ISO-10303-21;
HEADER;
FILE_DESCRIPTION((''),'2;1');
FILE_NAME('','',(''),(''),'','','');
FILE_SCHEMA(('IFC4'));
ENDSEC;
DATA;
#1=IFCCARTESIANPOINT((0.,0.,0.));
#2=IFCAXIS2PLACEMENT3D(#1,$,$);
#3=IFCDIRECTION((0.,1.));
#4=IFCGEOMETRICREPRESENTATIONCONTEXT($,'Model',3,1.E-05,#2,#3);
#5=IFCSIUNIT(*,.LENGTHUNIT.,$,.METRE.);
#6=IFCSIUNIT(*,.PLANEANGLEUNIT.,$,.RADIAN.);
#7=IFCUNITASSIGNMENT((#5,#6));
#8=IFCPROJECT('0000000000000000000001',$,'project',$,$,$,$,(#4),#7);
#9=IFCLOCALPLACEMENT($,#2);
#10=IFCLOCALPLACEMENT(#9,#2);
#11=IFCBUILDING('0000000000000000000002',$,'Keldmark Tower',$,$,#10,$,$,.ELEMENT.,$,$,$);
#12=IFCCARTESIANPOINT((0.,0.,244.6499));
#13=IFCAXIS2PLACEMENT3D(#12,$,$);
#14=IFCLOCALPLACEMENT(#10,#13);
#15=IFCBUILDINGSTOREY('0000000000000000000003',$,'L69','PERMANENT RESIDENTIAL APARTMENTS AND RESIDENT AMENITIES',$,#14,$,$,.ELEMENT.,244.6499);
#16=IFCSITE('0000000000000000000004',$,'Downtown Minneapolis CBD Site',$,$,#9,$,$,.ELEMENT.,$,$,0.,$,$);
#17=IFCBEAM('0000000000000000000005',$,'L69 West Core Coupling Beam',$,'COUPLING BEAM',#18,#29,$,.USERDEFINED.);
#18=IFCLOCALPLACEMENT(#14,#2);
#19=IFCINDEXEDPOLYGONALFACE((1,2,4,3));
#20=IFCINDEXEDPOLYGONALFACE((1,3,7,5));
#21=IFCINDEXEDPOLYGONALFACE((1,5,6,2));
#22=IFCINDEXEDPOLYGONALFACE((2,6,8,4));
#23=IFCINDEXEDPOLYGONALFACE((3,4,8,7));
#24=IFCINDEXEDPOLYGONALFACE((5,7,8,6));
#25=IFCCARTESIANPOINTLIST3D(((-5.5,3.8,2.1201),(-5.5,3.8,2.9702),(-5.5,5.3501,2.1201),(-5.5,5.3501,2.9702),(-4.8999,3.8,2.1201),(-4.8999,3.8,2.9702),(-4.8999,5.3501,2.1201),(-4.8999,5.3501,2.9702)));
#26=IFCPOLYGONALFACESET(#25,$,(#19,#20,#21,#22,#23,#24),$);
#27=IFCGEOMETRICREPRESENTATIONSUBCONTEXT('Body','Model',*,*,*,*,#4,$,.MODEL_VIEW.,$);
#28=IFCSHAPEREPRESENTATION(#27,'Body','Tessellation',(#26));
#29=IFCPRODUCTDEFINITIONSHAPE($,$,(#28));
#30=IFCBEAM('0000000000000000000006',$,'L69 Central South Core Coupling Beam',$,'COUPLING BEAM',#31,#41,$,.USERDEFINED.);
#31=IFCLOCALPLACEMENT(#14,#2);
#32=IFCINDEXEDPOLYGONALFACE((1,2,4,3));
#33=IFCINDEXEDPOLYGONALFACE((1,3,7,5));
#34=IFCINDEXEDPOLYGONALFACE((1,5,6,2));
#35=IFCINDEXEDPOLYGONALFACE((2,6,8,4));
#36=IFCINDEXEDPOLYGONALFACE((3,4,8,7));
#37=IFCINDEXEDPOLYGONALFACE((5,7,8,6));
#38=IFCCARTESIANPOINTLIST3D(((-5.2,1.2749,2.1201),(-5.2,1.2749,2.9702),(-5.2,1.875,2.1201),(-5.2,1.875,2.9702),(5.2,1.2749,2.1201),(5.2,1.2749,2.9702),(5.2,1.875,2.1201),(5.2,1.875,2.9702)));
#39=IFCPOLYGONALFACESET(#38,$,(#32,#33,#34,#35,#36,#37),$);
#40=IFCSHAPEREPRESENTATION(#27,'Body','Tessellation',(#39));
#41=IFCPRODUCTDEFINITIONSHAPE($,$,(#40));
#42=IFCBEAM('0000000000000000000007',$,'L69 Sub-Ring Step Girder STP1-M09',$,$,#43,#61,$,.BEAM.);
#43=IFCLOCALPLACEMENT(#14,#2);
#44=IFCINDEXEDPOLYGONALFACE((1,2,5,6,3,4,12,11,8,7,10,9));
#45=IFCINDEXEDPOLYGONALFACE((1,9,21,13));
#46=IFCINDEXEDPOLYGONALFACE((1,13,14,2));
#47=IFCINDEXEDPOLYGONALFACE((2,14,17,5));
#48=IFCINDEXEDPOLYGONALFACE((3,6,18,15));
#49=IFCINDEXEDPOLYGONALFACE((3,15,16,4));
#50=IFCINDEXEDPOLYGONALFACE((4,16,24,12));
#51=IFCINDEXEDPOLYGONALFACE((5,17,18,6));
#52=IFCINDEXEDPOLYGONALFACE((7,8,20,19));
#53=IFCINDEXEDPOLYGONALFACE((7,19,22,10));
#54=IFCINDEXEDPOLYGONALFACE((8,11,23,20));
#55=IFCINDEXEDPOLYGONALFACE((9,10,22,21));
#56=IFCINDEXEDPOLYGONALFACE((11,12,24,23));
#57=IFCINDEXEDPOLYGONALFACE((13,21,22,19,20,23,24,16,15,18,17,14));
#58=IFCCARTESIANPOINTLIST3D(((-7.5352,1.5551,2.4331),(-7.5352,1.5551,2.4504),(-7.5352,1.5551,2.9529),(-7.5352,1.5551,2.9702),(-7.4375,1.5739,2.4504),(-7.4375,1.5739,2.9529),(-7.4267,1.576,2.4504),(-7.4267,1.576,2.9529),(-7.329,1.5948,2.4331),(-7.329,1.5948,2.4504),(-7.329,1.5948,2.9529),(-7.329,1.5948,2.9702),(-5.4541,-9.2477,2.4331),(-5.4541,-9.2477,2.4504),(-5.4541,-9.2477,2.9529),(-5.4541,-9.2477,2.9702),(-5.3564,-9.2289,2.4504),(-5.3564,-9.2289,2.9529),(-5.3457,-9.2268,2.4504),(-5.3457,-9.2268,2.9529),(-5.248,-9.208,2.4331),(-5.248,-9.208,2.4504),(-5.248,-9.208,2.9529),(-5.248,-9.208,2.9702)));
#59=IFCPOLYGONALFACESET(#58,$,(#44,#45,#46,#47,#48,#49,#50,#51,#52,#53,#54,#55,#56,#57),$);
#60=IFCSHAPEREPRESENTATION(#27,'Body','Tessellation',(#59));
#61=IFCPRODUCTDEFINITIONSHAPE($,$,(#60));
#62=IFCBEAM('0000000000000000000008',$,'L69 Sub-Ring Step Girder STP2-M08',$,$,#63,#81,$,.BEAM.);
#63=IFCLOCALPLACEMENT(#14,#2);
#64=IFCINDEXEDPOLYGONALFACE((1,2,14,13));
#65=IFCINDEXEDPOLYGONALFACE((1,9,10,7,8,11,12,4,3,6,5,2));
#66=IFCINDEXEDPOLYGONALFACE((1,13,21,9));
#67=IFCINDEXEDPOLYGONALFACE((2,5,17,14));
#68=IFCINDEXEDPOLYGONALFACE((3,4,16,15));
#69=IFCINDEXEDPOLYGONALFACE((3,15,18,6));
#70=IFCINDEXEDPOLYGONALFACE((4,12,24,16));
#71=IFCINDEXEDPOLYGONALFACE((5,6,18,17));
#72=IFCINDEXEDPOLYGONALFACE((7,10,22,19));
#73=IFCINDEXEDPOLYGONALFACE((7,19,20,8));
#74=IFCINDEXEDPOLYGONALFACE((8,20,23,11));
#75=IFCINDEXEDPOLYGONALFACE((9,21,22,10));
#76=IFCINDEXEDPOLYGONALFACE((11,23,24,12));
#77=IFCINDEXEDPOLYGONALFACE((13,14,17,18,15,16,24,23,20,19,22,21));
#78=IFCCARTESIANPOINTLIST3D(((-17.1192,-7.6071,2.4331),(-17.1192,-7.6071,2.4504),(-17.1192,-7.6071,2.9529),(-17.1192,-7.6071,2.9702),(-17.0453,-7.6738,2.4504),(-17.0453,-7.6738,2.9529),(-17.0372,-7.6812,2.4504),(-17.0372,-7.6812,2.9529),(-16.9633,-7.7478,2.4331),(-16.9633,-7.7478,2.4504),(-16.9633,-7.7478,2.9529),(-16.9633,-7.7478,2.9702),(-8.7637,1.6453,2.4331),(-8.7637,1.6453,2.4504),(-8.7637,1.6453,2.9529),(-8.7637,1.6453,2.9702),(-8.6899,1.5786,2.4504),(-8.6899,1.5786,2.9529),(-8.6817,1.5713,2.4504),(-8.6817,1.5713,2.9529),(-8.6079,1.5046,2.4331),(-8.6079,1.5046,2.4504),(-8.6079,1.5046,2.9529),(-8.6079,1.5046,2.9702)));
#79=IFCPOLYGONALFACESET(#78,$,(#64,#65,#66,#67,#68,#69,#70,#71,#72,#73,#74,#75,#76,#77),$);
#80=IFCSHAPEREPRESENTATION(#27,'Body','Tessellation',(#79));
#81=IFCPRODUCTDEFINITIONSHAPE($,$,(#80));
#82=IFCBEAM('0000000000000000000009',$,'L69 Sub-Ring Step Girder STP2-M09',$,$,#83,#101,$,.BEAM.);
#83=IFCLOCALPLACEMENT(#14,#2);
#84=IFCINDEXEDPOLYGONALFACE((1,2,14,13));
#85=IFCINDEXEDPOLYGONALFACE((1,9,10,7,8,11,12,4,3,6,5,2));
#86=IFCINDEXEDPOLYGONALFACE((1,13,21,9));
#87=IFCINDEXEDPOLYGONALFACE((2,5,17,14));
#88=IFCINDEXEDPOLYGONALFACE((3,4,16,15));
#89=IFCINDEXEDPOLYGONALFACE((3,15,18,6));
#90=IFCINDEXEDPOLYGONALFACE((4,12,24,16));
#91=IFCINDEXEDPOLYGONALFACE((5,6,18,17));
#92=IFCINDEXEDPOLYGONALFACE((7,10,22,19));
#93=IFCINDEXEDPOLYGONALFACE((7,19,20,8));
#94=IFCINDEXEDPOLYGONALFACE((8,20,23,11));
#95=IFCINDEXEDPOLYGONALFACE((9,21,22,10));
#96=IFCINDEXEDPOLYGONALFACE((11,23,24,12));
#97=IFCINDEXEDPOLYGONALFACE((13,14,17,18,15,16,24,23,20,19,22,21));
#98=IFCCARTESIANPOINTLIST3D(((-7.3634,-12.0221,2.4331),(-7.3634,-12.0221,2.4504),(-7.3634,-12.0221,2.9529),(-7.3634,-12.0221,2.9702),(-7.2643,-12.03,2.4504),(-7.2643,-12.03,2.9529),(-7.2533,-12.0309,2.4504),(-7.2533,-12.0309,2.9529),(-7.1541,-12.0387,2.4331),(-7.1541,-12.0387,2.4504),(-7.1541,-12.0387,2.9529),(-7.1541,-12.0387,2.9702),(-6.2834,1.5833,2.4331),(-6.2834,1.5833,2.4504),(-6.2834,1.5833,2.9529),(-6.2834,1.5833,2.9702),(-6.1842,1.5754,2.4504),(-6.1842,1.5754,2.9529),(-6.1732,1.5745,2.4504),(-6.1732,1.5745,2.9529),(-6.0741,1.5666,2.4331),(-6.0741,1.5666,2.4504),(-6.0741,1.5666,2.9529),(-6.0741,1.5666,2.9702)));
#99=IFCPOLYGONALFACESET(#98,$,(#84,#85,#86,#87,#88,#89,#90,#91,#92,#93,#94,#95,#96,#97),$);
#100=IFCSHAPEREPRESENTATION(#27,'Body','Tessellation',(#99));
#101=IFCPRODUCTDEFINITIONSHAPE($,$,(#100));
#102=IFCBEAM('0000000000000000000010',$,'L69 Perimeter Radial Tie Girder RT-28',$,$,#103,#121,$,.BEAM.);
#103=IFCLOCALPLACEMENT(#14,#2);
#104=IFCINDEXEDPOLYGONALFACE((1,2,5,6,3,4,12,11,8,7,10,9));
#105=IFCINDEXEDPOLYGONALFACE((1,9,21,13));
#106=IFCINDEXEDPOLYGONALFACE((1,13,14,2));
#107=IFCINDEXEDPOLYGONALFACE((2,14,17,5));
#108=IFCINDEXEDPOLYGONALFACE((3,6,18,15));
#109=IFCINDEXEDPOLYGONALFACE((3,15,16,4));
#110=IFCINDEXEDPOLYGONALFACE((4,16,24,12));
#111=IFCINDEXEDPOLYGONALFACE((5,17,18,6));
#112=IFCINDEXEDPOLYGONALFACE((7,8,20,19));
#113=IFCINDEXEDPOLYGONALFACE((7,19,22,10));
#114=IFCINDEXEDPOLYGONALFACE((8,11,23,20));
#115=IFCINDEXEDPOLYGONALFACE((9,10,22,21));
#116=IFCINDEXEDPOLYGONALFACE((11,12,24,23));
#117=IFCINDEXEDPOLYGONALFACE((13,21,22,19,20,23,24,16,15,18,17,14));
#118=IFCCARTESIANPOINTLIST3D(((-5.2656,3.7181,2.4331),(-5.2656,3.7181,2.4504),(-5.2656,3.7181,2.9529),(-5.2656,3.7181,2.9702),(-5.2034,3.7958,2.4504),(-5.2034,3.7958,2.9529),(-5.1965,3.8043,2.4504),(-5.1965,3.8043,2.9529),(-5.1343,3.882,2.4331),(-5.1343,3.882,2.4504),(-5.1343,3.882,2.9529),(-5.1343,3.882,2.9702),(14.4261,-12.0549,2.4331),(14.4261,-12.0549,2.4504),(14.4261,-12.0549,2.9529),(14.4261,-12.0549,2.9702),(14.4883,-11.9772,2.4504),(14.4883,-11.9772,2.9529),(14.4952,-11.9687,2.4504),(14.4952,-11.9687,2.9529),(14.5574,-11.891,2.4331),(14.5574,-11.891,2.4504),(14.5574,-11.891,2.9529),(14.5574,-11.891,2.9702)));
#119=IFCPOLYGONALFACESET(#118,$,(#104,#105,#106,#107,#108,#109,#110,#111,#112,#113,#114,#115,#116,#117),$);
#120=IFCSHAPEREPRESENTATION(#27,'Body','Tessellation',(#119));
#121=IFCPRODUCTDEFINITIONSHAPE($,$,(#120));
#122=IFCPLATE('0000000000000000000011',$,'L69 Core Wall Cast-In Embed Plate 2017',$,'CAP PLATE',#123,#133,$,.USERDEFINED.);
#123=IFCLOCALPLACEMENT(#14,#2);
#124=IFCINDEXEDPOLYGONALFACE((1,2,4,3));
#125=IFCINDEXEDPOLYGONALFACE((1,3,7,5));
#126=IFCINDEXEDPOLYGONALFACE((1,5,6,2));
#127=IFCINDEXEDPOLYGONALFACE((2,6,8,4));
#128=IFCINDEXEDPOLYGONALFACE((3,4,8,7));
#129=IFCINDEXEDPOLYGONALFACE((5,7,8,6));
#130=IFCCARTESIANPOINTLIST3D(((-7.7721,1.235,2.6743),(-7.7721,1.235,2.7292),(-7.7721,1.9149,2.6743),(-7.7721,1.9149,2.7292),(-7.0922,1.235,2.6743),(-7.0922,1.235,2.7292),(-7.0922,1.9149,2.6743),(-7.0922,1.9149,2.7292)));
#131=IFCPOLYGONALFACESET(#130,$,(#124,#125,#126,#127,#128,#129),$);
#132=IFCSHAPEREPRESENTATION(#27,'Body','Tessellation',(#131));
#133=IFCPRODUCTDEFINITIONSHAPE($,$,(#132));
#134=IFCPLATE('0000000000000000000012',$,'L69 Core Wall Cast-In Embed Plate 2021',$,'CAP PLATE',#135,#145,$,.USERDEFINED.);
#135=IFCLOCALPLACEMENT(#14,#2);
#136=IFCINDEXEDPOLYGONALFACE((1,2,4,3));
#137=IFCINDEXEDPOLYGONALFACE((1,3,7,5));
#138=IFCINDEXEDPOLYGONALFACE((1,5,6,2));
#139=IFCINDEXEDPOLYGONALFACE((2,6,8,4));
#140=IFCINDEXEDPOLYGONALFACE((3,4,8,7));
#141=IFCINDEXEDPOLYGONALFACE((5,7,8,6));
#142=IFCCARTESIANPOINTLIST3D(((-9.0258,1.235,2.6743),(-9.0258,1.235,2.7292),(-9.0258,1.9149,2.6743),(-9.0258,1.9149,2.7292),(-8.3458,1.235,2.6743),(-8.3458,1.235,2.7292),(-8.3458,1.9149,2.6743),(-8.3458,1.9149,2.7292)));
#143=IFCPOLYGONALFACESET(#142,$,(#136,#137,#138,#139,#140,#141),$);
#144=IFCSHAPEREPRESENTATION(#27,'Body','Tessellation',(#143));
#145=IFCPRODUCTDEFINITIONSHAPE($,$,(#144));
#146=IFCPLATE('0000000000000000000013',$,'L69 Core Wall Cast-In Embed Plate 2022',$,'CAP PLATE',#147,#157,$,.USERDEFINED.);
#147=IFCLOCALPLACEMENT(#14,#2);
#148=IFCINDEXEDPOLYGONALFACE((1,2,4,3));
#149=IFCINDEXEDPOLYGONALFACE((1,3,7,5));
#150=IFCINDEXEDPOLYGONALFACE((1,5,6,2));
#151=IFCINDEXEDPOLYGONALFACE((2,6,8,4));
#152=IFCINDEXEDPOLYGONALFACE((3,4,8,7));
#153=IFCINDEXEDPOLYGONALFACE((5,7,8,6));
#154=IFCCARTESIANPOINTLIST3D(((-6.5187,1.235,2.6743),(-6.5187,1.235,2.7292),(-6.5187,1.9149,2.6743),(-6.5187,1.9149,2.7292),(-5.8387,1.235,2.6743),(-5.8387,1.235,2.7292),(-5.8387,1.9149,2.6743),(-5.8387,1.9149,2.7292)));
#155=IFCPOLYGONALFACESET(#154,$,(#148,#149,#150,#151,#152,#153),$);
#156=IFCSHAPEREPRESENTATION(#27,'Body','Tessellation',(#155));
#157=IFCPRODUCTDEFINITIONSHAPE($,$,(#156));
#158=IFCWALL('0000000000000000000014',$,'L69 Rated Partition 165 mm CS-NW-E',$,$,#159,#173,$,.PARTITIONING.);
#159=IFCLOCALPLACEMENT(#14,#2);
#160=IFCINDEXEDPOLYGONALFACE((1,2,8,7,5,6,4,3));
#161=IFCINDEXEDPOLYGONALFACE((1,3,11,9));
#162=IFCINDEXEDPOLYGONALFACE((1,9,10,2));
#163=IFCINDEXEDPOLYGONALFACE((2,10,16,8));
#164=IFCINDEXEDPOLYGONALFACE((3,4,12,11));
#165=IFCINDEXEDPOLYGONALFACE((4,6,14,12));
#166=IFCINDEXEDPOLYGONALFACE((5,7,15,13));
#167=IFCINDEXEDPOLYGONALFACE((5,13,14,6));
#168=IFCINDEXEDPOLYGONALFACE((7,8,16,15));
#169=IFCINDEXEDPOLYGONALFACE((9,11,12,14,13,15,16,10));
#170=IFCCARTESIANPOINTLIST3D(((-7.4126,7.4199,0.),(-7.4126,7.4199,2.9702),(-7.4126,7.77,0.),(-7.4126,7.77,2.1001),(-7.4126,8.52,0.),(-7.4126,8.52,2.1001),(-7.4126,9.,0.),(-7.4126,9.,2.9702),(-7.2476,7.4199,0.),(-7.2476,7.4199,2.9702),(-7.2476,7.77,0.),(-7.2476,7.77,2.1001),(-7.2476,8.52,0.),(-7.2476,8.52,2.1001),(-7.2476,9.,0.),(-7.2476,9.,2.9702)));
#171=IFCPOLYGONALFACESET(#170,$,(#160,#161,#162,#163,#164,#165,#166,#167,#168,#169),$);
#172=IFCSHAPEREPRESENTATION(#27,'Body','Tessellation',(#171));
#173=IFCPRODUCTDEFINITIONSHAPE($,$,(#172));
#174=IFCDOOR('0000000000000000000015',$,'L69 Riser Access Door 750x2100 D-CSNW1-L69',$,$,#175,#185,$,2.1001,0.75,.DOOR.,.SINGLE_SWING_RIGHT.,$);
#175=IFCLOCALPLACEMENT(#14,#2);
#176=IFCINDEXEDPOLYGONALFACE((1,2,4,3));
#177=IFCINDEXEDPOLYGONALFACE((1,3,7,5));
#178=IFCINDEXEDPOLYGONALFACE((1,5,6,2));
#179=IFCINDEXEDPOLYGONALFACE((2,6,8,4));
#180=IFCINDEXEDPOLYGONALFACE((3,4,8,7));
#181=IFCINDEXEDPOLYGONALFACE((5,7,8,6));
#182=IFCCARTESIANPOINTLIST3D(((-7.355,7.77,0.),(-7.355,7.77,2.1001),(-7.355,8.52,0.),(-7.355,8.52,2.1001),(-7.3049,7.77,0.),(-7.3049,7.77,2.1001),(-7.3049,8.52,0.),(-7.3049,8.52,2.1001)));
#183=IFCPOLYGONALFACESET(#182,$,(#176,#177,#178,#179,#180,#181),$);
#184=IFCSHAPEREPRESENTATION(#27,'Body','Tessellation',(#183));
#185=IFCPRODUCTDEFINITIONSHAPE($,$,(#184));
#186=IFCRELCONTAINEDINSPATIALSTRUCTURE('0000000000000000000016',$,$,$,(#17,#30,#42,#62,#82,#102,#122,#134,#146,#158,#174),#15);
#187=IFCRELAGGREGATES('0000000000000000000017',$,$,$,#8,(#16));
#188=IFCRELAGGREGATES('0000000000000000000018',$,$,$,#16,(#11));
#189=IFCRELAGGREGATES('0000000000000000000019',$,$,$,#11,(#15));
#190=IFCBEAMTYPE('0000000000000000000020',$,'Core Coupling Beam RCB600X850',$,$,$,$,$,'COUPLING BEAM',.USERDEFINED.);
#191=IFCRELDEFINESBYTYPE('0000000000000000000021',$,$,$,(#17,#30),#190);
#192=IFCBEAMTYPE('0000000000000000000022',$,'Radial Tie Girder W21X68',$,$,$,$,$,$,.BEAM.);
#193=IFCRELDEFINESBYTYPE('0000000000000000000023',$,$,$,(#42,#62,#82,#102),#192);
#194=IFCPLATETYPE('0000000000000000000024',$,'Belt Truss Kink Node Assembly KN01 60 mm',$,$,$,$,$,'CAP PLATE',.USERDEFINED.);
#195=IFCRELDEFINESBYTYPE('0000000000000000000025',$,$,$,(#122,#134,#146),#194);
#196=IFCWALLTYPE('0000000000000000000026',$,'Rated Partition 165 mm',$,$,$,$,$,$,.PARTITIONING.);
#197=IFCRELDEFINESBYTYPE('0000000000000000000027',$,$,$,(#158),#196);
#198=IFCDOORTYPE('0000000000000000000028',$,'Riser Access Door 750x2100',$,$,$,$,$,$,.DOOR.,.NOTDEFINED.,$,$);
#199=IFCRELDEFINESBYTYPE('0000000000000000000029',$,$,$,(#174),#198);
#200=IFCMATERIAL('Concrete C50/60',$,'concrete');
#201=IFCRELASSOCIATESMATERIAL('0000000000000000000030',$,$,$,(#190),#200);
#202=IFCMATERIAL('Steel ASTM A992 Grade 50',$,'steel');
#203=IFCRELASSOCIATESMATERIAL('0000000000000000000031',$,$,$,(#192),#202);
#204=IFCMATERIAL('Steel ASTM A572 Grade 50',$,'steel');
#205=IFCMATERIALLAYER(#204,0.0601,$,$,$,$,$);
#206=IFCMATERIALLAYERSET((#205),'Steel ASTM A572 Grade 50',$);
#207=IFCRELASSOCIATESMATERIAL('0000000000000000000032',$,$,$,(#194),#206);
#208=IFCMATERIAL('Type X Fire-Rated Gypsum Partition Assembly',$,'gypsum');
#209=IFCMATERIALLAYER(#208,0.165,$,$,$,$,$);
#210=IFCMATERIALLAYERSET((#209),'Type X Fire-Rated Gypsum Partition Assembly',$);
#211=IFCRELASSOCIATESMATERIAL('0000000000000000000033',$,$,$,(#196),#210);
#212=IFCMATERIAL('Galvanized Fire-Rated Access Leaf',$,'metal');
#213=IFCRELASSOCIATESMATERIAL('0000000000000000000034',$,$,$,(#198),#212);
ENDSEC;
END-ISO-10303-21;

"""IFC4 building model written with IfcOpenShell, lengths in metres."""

from ifc_helpers import new_model, si_unit, direction, frame, frame_2d, origin, origin_2d, place, context, subcontext, project, spatial, rectangle, i_section, extrude, material, layer, layer_set, material_profile, profile_set, type_object, element, fill, save


model = new_model("IFC4")

# Units and contexts
model_context = context("Model", 3, precision=1e-05, world=origin(), true_north=direction((0.0, 1.0)))
body_context = subcontext(model_context, "Body", "Model", "MODEL_VIEW")
ifc_project = project(units=[si_unit("LENGTHUNIT", "METRE"), si_unit("PLANEANGLEUNIT", "RADIAN")], contexts=[model_context])

# Site, building, storey
site_placement = place(None, origin())
site = spatial("IfcSite", under=ifc_project, at=site_placement, Name="Downtown Minneapolis CBD Site", CompositionType="ELEMENT", RefElevation=0.0)
building_placement = place(site_placement, origin())
building = spatial("IfcBuilding", under=site, at=building_placement, Name="Keldmark Tower", CompositionType="ELEMENT")
storey_placement = place(building_placement, frame((0.0, 0.0, 244.6499)))
storey = spatial("IfcBuildingStorey", under=building, at=storey_placement, Name="L69", Description="PERMANENT RESIDENTIAL APARTMENTS AND RESIDENT AMENITIES", CompositionType="ELEMENT", Elevation=244.6499)

# Beams
ifc_material_1 = material(Name="Concrete C50/60", Category="concrete")
ifc_material_profile_1 = material_profile(ifc_material_1, rectangle(XDim=0.6001, YDim=0.8501, at=origin_2d()), Name="RCB600X850")
ifc_profile_set_1 = profile_set([ifc_material_profile_1], Name="Concrete C50/60")
beam_type_1 = type_object("IfcBeamType", Name="Core Coupling Beam RCB600X850", ElementType="COUPLING BEAM", PredefinedType="USERDEFINED", material=ifc_profile_set_1)
beam_1_placement = place(storey_placement, frame((-5.2, 3.8, 2.5452), z_axis=(0.0, 1.0, 0.0), x_axis=(-1.0, 0.0, 0.0)))
element("IfcBeam", 1, at=beam_1_placement, inside=storey, type_object=beam_type_1, Name="L69 West Core Coupling Beam", ObjectType="COUPLING BEAM", PredefinedType="USERDEFINED", context=body_context, shape_type="SweptSolid", body=[
    extrude(rectangle(XDim=0.6001, YDim=0.8501, at=origin_2d()), origin(), (0.0, 0.0, 1.0), 1.55),
])
beam_2_placement = place(storey_placement, frame((-5.2, 1.575, 2.5452), z_axis=(1.0, 0.0, 0.0), x_axis=(0.0, 1.0, 0.0)))
element("IfcBeam", 2, at=beam_2_placement, inside=storey, type_object=beam_type_1, Name="L69 Central South Core Coupling Beam", ObjectType="COUPLING BEAM", PredefinedType="USERDEFINED", context=body_context, shape_type="SweptSolid", body=[
    extrude(rectangle(XDim=0.6001, YDim=0.8501, at=origin_2d()), origin(), (0.0, 0.0, 1.0), 10.3999),
])
ifc_material_2 = material(Name="Steel ASTM A992 Grade 50", Category="steel")
ifc_material_profile_2 = material_profile(ifc_material_2, i_section(OverallWidth=0.21, OverallDepth=0.5371, WebThickness=0.011, FlangeThickness=0.0173, at=origin_2d()), Name="W21X68")
ifc_profile_set_2 = profile_set([ifc_material_profile_2], Name="Steel ASTM A992 Grade 50")
beam_type_2 = type_object("IfcBeamType", Name="Radial Tie Girder W21X68", PredefinedType="BEAM", material=ifc_profile_set_2)
beam_3_placement = place(storey_placement, frame((-7.4321, 1.575, 2.7017), z_axis=(0.189163, -0.981946, 0.0), x_axis=(0.981946, 0.189163, 0.0)))
element("IfcBeam", 3, at=beam_3_placement, inside=storey, type_object=beam_type_2, Name="L69 Sub-Ring Step Girder STP1-M09", PredefinedType="BEAM", context=body_context, shape_type="SweptSolid", body=[
    extrude(i_section(OverallWidth=0.21, OverallDepth=0.5371, WebThickness=0.011, FlangeThickness=0.0173, at=origin_2d()), origin(), (0.0, 0.0, 1.0), 11.0015),
])
beam_4_placement = place(storey_placement, frame((-8.6858, 1.575, 2.7017), z_axis=(-0.670217, -0.742165, 0.0), x_axis=(0.742165, -0.670217, 0.0)))
element("IfcBeam", 4, at=beam_4_placement, inside=storey, type_object=beam_type_2, Name="L69 Sub-Ring Step Girder STP2-M08", PredefinedType="BEAM", context=body_context, shape_type="SweptSolid", body=[
    extrude(i_section(OverallWidth=0.21, OverallDepth=0.5371, WebThickness=0.011, FlangeThickness=0.0173, at=origin_2d()), origin(), (0.0, 0.0, 1.0), 12.4668),
])
beam_5_placement = place(storey_placement, frame((-6.1787, 1.575, 2.7017), z_axis=(-0.079137, -0.996864, 0.0), x_axis=(0.996864, -0.079137, 0.0)))
element("IfcBeam", 5, at=beam_5_placement, inside=storey, type_object=beam_type_2, Name="L69 Sub-Ring Step Girder STP2-M09", PredefinedType="BEAM", context=body_context, shape_type="SweptSolid", body=[
    extrude(i_section(OverallWidth=0.21, OverallDepth=0.5371, WebThickness=0.011, FlangeThickness=0.0173, at=origin_2d()), origin(), (0.0, 0.0, 1.0), 13.6482),
])
beam_6_placement = place(storey_placement, frame((-5.2, 3.8, 2.7017), z_axis=(0.780489, -0.625169, 0.0), x_axis=(0.625169, 0.780489, 0.0)))
element("IfcBeam", 6, at=beam_6_placement, inside=storey, type_object=beam_type_2, Name="L69 Perimeter Radial Tie Girder RT-28", PredefinedType="BEAM", context=body_context, shape_type="SweptSolid", body=[
    extrude(i_section(OverallWidth=0.21, OverallDepth=0.5371, WebThickness=0.011, FlangeThickness=0.0173, at=origin_2d()), origin(), (0.0, 0.0, 1.0), 25.23),
])

# Plates
ifc_material_3 = material(Name="Steel ASTM A572 Grade 50", Category="steel")
ifc_layer_1 = layer(ifc_material_3, 0.0601)
ifc_layer_set_1 = layer_set([ifc_layer_1], Name="Steel ASTM A572 Grade 50")
plate_type = type_object("IfcPlateType", Name="Belt Truss Kink Node Assembly KN01 60 mm", ElementType="CAP PLATE", PredefinedType="USERDEFINED", material=ifc_layer_set_1)
for number, where, z_axis, x_axis, name in (
    (7, (-7.4321, 1.575, 2.6743), (0.0, 0.0, 1.0), (1.0, 0.0, 0.0), "L69 Core Wall Cast-In Embed Plate 2017"),
    (8, (-8.6858, 1.575, 2.6743), (0.0, 0.0, 1.0), (1.0, 0.0, 0.0), "L69 Core Wall Cast-In Embed Plate 2021"),
    (9, (-6.1787, 1.575, 2.6743), (0.0, 0.0, 1.0), (1.0, 0.0, 0.0), "L69 Core Wall Cast-In Embed Plate 2022"),
):
    element("IfcPlate", number, at=place(storey_placement, frame(where, z_axis=z_axis, x_axis=x_axis)), inside=storey, type_object=plate_type, Name=name, ObjectType="CAP PLATE", PredefinedType="USERDEFINED", context=body_context, shape_type="SweptSolid", body=[
        extrude(rectangle(XDim=0.6799, YDim=0.6799, at=origin_2d()), origin(), (0.0, 0.0, 1.0), 0.0549),
    ])

# Wall, opening, door
ifc_material_4 = material(Name="Type X Fire-Rated Gypsum Partition Assembly", Category="gypsum")
ifc_layer_2 = layer(ifc_material_4, 0.165)
ifc_layer_set_2 = layer_set([ifc_layer_2], Name="Type X Fire-Rated Gypsum Partition Assembly")
wall_type_1 = type_object("IfcWallType", Name="Rated Partition 165 mm", PredefinedType="PARTITIONING", material=ifc_layer_set_2)
wall_1_placement = place(storey_placement, frame((-7.3301, 7.4199, 0.0), z_axis=(0.0, 0.0, 1.0), x_axis=(0.0, 1.0, 0.0)))
wall_1 = element("IfcWall", 10, at=wall_1_placement, inside=storey, type_object=wall_type_1, Name="L69 Rated Partition 165 mm CS-NW-E", PredefinedType="PARTITIONING", context=body_context, shape_type="SweptSolid", body=[
    extrude(rectangle(XDim=1.5801, YDim=0.165, at=frame_2d((0.79, 0.0))), origin(), (0.0, 0.0, 1.0), 2.9702),
])
opening_placement = place(wall_1_placement, frame((0.3501, 0.0, 0.0)))
opening = element("IfcOpeningElement", 11, at=opening_placement, cuts=wall_1, PredefinedType="OPENING", context=body_context, shape_type="SweptSolid", body=[
    extrude(rectangle(XDim=0.75, YDim=2.1001, at=frame_2d((0.375, 1.05))), frame((0.0, 0.0925, 0.0), z_axis=(0.0, -1.0, 0.0), x_axis=(1.0, 0.0, 0.0)), (0.0, 0.0, 1.0), 0.1851),
])
ifc_material_5 = material(Name="Galvanized Fire-Rated Access Leaf", Category="metal")
door_type = type_object("IfcDoorType", Name="Riser Access Door 750x2100", OperationType="NOTDEFINED", PredefinedType="DOOR", material=ifc_material_5)
door_placement = place(opening_placement, origin())
door = element("IfcDoor", 12, at=door_placement, inside=storey, type_object=door_type, Name="L69 Riser Access Door 750x2100 D-CSNW1-L69", OperationType="SINGLE_SWING_RIGHT", OverallHeight=2.1001, OverallWidth=0.75, PredefinedType="DOOR", context=body_context, shape_type="SweptSolid", body=[
    extrude(rectangle(XDim=0.75, YDim=2.1001, at=frame_2d((0.375, 1.05))), frame((0.0, 0.0249, 0.0), z_axis=(0.0, -1.0, 0.0), x_axis=(1.0, 0.0, 0.0)), (0.0, 0.0, 1.0), 0.05),
])
fill(opening, door)

save(model, "model.ifc")
